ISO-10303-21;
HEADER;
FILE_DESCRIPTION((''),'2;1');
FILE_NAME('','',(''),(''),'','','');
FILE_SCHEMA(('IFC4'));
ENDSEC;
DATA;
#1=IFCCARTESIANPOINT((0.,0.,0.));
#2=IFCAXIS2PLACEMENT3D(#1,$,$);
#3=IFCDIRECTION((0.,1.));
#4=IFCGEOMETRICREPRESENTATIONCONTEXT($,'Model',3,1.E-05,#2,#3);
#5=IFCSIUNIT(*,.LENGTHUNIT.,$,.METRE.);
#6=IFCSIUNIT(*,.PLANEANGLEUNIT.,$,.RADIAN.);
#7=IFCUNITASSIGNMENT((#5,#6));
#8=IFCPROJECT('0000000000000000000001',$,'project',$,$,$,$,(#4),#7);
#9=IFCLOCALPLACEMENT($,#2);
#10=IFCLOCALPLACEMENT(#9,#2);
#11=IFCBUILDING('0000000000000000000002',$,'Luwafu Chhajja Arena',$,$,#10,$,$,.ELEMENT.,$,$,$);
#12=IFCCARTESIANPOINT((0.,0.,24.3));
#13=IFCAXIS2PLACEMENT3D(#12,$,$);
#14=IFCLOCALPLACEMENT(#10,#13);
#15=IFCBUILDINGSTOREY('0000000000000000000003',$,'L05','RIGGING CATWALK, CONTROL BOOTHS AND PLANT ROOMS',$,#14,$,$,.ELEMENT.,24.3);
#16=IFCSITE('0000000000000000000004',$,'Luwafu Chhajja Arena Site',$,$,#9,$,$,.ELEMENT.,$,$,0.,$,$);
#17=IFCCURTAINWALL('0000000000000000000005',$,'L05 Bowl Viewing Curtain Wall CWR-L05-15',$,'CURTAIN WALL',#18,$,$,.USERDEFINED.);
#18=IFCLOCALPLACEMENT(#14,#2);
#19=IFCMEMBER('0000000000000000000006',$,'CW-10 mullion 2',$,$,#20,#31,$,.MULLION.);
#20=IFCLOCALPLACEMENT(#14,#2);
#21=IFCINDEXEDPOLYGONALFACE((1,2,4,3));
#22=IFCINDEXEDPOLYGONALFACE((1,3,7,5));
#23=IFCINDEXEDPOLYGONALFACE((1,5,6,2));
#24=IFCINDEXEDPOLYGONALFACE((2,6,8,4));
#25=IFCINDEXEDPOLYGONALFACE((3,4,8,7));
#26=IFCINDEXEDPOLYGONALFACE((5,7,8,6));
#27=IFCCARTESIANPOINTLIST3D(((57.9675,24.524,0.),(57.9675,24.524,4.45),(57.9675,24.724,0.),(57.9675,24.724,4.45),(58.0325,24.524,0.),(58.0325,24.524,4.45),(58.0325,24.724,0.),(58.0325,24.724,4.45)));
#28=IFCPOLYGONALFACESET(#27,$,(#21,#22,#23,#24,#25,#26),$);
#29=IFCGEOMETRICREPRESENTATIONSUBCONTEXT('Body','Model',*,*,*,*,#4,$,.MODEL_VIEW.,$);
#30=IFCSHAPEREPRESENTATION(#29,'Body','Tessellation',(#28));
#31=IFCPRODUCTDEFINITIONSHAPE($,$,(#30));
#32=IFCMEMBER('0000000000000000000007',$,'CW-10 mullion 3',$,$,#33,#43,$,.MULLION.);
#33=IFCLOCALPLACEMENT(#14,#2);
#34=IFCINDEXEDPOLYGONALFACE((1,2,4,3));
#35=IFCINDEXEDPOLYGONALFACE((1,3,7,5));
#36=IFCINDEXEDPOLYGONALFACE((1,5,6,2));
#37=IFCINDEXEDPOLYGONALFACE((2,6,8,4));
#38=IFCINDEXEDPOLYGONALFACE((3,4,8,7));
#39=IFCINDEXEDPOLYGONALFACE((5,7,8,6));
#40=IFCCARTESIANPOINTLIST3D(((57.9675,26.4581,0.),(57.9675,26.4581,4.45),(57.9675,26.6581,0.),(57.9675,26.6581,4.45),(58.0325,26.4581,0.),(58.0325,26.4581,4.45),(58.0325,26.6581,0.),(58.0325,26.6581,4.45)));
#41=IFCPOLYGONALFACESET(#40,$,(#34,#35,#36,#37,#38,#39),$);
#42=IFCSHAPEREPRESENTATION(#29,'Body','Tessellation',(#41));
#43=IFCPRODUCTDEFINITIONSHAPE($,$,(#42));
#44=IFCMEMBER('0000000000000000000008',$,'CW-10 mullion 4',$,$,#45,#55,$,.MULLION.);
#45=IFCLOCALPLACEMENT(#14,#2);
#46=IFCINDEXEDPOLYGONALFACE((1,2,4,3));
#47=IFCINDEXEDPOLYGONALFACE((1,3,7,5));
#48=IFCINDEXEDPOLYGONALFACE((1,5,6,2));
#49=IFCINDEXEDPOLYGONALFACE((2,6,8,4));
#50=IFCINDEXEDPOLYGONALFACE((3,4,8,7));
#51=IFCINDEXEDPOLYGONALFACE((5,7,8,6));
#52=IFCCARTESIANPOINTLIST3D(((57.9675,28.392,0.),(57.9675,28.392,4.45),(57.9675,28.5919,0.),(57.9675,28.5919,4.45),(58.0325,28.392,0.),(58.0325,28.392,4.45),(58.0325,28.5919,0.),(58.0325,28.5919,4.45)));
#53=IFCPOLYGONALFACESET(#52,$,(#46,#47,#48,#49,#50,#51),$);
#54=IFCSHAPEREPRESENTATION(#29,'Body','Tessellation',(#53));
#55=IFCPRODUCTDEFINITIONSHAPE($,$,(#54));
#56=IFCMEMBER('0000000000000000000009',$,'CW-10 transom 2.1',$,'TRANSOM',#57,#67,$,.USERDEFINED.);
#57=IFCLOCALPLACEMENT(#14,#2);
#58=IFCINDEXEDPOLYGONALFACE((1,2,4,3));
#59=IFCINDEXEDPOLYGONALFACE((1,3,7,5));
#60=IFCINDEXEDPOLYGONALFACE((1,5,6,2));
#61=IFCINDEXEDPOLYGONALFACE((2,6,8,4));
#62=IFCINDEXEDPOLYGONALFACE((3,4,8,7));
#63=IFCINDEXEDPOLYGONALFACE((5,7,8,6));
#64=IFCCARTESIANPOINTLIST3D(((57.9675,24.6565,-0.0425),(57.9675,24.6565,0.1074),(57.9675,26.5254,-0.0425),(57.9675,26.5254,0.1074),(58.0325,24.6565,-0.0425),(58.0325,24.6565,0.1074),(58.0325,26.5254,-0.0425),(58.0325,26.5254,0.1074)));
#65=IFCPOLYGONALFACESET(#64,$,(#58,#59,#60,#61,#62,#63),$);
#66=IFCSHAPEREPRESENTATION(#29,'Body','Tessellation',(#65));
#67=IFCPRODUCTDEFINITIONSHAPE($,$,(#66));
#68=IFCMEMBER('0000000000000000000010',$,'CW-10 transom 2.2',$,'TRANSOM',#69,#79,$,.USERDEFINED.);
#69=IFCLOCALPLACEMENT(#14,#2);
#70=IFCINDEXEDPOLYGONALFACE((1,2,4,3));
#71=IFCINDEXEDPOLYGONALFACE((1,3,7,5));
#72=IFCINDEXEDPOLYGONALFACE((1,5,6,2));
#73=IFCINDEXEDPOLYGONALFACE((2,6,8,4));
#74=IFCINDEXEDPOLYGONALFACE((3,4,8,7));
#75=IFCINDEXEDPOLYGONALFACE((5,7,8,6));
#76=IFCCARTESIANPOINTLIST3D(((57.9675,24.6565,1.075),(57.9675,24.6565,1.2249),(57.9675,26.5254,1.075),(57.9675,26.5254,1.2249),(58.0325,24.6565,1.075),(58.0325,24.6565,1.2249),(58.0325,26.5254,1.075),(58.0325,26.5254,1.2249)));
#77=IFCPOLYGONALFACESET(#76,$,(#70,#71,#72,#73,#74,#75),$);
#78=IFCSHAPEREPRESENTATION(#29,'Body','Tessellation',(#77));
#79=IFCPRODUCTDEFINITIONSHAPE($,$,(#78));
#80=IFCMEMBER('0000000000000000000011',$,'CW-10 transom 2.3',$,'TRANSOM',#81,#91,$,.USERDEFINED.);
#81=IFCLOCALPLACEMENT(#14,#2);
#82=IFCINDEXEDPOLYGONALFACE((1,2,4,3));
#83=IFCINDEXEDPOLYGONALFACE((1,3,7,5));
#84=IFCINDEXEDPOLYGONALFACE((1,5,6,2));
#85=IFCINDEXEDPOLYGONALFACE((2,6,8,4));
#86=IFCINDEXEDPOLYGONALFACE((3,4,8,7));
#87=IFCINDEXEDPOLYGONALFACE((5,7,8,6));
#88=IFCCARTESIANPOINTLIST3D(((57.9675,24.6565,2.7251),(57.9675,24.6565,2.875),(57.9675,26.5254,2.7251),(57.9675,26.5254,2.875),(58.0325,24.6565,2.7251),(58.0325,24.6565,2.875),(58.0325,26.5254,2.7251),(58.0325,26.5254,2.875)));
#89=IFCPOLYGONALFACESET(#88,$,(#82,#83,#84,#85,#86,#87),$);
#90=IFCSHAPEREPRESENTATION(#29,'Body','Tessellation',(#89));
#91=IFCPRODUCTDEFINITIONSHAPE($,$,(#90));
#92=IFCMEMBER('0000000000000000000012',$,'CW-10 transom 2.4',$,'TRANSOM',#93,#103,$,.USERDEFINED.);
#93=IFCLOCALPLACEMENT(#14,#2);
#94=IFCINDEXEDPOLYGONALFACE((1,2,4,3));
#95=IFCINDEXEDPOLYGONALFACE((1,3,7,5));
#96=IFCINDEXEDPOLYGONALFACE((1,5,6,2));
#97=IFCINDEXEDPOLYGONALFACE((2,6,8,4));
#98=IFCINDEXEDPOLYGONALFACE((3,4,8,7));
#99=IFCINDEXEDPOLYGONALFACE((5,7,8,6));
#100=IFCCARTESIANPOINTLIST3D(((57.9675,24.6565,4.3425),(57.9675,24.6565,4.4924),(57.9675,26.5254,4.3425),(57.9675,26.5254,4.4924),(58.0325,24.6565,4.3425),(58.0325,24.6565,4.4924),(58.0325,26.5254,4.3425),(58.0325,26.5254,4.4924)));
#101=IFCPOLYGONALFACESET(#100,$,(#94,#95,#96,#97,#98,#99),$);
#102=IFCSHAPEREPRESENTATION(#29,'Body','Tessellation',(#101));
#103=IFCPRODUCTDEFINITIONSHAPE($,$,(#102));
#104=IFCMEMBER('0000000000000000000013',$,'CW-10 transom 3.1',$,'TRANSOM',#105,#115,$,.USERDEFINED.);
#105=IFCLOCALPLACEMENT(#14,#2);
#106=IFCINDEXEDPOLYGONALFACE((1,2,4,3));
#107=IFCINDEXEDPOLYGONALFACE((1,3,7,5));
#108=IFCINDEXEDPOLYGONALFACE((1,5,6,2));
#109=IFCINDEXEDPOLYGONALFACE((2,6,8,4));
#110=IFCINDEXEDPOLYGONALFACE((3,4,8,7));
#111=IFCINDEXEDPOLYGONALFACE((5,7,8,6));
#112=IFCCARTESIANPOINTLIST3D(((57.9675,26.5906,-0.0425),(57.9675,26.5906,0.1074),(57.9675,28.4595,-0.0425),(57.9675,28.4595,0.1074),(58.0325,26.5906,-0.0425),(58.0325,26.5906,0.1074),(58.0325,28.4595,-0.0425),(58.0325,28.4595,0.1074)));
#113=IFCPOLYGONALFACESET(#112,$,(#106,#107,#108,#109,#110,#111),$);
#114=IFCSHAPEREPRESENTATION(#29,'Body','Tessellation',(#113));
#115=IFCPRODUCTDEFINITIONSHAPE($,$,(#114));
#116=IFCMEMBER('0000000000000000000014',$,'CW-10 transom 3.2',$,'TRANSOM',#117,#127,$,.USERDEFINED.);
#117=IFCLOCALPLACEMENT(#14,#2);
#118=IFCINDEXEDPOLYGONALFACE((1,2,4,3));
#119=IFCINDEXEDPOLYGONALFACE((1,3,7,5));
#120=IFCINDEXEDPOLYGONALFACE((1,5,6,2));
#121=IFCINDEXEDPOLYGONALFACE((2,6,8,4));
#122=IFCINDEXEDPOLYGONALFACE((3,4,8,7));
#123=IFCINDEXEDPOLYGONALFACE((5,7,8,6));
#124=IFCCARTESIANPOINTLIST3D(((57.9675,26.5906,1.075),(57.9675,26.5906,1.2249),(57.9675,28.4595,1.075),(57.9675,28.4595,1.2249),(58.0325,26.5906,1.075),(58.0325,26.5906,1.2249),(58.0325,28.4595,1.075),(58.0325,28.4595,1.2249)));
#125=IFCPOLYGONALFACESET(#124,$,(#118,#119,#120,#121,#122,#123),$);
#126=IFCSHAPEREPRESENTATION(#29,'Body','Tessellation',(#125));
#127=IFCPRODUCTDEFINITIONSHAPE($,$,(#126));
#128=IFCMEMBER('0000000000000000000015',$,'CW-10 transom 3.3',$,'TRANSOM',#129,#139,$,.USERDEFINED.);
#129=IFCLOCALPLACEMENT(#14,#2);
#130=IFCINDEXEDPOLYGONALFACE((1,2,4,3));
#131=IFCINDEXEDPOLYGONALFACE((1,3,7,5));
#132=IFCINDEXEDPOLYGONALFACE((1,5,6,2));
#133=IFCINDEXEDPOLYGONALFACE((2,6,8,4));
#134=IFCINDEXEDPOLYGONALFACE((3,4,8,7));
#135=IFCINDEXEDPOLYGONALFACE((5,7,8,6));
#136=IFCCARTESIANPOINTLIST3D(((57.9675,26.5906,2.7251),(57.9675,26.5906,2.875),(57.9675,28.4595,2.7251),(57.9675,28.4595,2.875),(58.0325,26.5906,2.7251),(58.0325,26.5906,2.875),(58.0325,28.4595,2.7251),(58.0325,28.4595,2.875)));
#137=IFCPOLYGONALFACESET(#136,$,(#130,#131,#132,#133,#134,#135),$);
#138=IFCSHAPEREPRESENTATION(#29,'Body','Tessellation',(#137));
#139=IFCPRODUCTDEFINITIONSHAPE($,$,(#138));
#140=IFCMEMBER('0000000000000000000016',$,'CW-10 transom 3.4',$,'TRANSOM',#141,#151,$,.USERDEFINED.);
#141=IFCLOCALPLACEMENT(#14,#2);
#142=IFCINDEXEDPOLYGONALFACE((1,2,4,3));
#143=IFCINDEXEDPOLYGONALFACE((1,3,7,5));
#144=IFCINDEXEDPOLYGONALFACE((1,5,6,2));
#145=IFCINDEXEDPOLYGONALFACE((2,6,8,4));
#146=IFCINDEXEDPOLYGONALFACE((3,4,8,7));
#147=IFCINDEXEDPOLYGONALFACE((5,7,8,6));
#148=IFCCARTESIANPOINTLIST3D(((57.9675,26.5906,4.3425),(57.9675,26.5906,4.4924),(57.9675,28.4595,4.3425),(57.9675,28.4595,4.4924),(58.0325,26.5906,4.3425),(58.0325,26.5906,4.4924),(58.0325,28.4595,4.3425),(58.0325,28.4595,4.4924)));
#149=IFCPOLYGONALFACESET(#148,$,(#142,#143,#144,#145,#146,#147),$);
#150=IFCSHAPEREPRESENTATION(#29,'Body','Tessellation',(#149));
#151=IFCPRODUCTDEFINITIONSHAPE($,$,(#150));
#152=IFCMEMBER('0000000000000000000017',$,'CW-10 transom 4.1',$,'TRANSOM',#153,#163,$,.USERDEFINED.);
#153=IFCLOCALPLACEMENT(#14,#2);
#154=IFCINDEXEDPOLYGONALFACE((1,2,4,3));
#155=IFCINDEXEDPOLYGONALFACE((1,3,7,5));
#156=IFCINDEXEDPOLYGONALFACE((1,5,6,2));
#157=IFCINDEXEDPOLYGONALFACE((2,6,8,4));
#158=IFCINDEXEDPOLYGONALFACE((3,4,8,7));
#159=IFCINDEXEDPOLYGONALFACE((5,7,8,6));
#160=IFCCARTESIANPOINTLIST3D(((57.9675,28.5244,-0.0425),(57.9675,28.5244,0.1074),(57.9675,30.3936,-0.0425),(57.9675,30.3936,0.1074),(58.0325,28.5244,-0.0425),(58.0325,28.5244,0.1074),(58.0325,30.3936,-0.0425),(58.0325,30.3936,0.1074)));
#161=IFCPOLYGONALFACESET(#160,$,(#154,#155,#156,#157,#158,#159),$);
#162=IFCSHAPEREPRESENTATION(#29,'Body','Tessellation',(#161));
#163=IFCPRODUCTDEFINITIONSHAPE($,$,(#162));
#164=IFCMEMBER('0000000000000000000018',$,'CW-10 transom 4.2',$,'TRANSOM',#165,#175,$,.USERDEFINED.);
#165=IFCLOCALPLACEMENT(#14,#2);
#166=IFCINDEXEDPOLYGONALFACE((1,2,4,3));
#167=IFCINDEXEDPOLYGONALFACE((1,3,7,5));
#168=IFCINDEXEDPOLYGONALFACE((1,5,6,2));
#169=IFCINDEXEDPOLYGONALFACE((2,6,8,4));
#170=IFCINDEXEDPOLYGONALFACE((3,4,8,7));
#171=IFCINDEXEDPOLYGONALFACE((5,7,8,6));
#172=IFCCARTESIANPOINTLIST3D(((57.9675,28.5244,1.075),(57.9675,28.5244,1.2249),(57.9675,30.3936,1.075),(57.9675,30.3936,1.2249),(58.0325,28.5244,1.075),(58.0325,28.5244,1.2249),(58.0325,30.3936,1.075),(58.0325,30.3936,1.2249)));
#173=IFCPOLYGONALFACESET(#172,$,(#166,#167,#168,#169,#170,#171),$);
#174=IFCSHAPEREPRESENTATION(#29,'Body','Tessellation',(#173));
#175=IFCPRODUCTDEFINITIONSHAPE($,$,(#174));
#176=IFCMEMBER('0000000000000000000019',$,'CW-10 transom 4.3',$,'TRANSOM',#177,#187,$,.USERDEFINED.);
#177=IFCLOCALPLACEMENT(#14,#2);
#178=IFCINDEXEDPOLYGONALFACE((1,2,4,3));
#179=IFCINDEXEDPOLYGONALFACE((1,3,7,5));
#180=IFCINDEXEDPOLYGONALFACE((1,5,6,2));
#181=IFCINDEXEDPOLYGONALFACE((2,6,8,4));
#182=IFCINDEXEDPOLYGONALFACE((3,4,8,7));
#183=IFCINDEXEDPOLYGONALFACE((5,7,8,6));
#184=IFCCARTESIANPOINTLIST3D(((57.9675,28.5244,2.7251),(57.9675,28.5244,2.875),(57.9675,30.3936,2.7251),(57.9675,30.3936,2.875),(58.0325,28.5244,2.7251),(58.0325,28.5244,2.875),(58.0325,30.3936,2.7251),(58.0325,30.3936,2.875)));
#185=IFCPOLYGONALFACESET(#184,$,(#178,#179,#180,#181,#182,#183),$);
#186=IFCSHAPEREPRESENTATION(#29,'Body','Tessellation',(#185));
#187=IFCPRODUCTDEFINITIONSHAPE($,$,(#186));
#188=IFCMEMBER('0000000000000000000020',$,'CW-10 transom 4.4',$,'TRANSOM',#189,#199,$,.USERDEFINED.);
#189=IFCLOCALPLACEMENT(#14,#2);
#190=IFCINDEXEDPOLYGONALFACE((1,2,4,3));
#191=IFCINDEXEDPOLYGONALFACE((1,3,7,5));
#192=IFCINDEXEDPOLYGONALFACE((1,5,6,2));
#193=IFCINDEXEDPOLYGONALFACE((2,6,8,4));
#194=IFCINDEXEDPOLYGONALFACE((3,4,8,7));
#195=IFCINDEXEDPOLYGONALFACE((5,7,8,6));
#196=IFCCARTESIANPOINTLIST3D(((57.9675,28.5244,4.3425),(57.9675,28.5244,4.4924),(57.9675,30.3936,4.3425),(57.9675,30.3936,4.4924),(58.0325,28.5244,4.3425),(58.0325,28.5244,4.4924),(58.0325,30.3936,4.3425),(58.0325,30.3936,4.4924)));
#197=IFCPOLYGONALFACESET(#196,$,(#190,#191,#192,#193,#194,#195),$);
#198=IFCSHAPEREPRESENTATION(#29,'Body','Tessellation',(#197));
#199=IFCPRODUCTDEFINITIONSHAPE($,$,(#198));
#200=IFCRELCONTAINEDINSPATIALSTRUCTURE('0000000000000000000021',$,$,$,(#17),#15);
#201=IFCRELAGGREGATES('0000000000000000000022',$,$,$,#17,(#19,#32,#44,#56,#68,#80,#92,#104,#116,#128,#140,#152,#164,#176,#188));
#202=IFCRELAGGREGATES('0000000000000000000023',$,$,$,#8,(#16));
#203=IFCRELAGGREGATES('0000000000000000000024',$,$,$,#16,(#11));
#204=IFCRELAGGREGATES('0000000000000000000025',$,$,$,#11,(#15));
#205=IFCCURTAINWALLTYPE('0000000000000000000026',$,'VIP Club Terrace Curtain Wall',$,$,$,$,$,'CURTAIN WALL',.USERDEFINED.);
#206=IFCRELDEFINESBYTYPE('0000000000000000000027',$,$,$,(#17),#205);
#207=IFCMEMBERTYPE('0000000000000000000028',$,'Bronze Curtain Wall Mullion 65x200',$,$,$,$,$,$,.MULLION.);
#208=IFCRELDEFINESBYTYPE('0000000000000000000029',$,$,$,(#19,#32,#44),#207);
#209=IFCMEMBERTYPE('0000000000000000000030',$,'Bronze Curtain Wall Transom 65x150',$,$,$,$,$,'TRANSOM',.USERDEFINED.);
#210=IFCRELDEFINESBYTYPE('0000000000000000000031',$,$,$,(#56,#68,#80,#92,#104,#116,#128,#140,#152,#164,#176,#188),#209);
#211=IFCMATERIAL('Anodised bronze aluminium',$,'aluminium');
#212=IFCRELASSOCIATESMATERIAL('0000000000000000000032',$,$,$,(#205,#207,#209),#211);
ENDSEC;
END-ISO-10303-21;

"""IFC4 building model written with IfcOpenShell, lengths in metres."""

from ifc_helpers import new_model, si_unit, direction, frame, origin, origin_2d, place, context, subcontext, project, spatial, rectangle, extrude, material, material_profile, profile_set, type_object, element, aggregate, save


model = new_model("IFC4")

# Units and contexts
model_context = context("Model", 3, precision=1e-05, world=origin(), true_north=direction((0.0, 1.0)))
body_context = subcontext(model_context, "Body", "Model", "MODEL_VIEW")
ifc_project = project(units=[si_unit("LENGTHUNIT", "METRE"), si_unit("PLANEANGLEUNIT", "RADIAN")], contexts=[model_context])

# Site, building, storey
site_placement = place(None, origin())
site = spatial("IfcSite", under=ifc_project, at=site_placement, Name="Luwafu Chhajja Arena Site", CompositionType="ELEMENT", RefElevation=0.0)
building_placement = place(site_placement, origin())
building = spatial("IfcBuilding", under=site, at=building_placement, Name="Luwafu Chhajja Arena", CompositionType="ELEMENT")
storey_placement = place(building_placement, frame((0.0, 0.0, 24.3)))
storey = spatial("IfcBuildingStorey", under=building, at=storey_placement, Name="L05", Description="RIGGING CATWALK, CONTROL BOOTHS AND PLANT ROOMS", CompositionType="ELEMENT", Elevation=24.3)

# Curtain wall, members
ifc_material_1 = material(Name="Anodised bronze aluminium", Category="aluminium")
curtain_wall_type = type_object("IfcCurtainWallType", Name="VIP Club Terrace Curtain Wall", ElementType="CURTAIN WALL", PredefinedType="USERDEFINED", material=ifc_material_1)
curtain_wall_placement = place(storey_placement, origin())
curtain_wall = element("IfcCurtainWall", 1, at=curtain_wall_placement, inside=storey, type_object=curtain_wall_type, Name="L05 Bowl Viewing Curtain Wall CWR-L05-15", ObjectType="CURTAIN WALL", PredefinedType="USERDEFINED")
ifc_material_profile_1 = material_profile(ifc_material_1, rectangle(XDim=0.0649, YDim=0.2, at=origin_2d()), Name="CWM 65x200")
ifc_profile_set_1 = profile_set([ifc_material_profile_1], Name="Anodised bronze aluminium")
member_type_1 = type_object("IfcMemberType", Name="Bronze Curtain Wall Mullion 65x200", PredefinedType="MULLION", material=ifc_profile_set_1)
member_1_placement = place(storey_placement, frame((58.0, 24.624, 0.0), z_axis=(0.0, 0.0, 1.0), x_axis=(-1.0, 0.0, 0.0)))
member_1 = element("IfcMember", 2, at=member_1_placement, type_object=member_type_1, Name="CW-10 mullion 2", PredefinedType="MULLION", context=body_context, shape_type="SweptSolid", body=[
    extrude(rectangle(XDim=0.0649, YDim=0.2, at=origin_2d()), origin(), (0.0, 0.0, 1.0), 4.45),
])
member_2_placement = place(storey_placement, frame((58.0, 26.5581, 0.0), z_axis=(0.0, 0.0, 1.0), x_axis=(-1.0, 0.0, 0.0)))
member_2 = element("IfcMember", 3, at=member_2_placement, type_object=member_type_1, Name="CW-10 mullion 3", PredefinedType="MULLION", context=body_context, shape_type="SweptSolid", body=[
    extrude(rectangle(XDim=0.0649, YDim=0.2, at=origin_2d()), origin(), (0.0, 0.0, 1.0), 4.45),
])
member_3_placement = place(storey_placement, frame((58.0, 28.4919, 0.0), z_axis=(0.0, 0.0, 1.0), x_axis=(-1.0, 0.0, 0.0)))
member_3 = element("IfcMember", 4, at=member_3_placement, type_object=member_type_1, Name="CW-10 mullion 4", PredefinedType="MULLION", context=body_context, shape_type="SweptSolid", body=[
    extrude(rectangle(XDim=0.0649, YDim=0.2, at=origin_2d()), origin(), (0.0, 0.0, 1.0), 4.45),
])
ifc_material_profile_2 = material_profile(ifc_material_1, rectangle(XDim=0.0649, YDim=0.1499, at=origin_2d()), Name="CWT 65x150")
ifc_profile_set_2 = profile_set([ifc_material_profile_2], Name="Anodised bronze aluminium")
member_type_2 = type_object("IfcMemberType", Name="Bronze Curtain Wall Transom 65x150", ElementType="TRANSOM", PredefinedType="USERDEFINED", material=ifc_profile_set_2)
member_4_placement = place(storey_placement, frame((58.0, 24.6565, 0.0325), z_axis=(0.0, 1.0, 0.0), x_axis=(-1.0, 0.0, 0.0)))
member_4 = element("IfcMember", 5, at=member_4_placement, type_object=member_type_2, Name="CW-10 transom 2.1", ObjectType="TRANSOM", PredefinedType="USERDEFINED", context=body_context, shape_type="SweptSolid", body=[
    extrude(rectangle(XDim=0.0649, YDim=0.1499, at=origin_2d()), origin(), (0.0, 0.0, 1.0), 1.8689),
])
member_5_placement = place(storey_placement, frame((58.0, 24.6565, 1.1499), z_axis=(0.0, 1.0, 0.0), x_axis=(-1.0, 0.0, 0.0)))
member_5 = element("IfcMember", 6, at=member_5_placement, type_object=member_type_2, Name="CW-10 transom 2.2", ObjectType="TRANSOM", PredefinedType="USERDEFINED", context=body_context, shape_type="SweptSolid", body=[
    extrude(rectangle(XDim=0.0649, YDim=0.1499, at=origin_2d()), origin(), (0.0, 0.0, 1.0), 1.8689),
])
member_6_placement = place(storey_placement, frame((58.0, 24.6565, 2.8), z_axis=(0.0, 1.0, 0.0), x_axis=(-1.0, 0.0, 0.0)))
member_6 = element("IfcMember", 7, at=member_6_placement, type_object=member_type_2, Name="CW-10 transom 2.3", ObjectType="TRANSOM", PredefinedType="USERDEFINED", context=body_context, shape_type="SweptSolid", body=[
    extrude(rectangle(XDim=0.0649, YDim=0.1499, at=origin_2d()), origin(), (0.0, 0.0, 1.0), 1.8689),
])
member_7_placement = place(storey_placement, frame((58.0, 24.6565, 4.4175), z_axis=(0.0, 1.0, 0.0), x_axis=(-1.0, 0.0, 0.0)))
member_7 = element("IfcMember", 8, at=member_7_placement, type_object=member_type_2, Name="CW-10 transom 2.4", ObjectType="TRANSOM", PredefinedType="USERDEFINED", context=body_context, shape_type="SweptSolid", body=[
    extrude(rectangle(XDim=0.0649, YDim=0.1499, at=origin_2d()), origin(), (0.0, 0.0, 1.0), 1.8689),
])
member_8_placement = place(storey_placement, frame((58.0, 26.5906, 0.0325), z_axis=(0.0, 1.0, 0.0), x_axis=(-1.0, 0.0, 0.0)))
member_8 = element("IfcMember", 9, at=member_8_placement, type_object=member_type_2, Name="CW-10 transom 3.1", ObjectType="TRANSOM", PredefinedType="USERDEFINED", context=body_context, shape_type="SweptSolid", body=[
    extrude(rectangle(XDim=0.0649, YDim=0.1499, at=origin_2d()), origin(), (0.0, 0.0, 1.0), 1.8689),
])
member_9_placement = place(storey_placement, frame((58.0, 26.5906, 1.1499), z_axis=(0.0, 1.0, 0.0), x_axis=(-1.0, 0.0, 0.0)))
member_9 = element("IfcMember", 10, at=member_9_placement, type_object=member_type_2, Name="CW-10 transom 3.2", ObjectType="TRANSOM", PredefinedType="USERDEFINED", context=body_context, shape_type="SweptSolid", body=[
    extrude(rectangle(XDim=0.0649, YDim=0.1499, at=origin_2d()), origin(), (0.0, 0.0, 1.0), 1.8689),
])
member_10_placement = place(storey_placement, frame((58.0, 26.5906, 2.8), z_axis=(0.0, 1.0, 0.0), x_axis=(-1.0, 0.0, 0.0)))
member_10 = element("IfcMember", 11, at=member_10_placement, type_object=member_type_2, Name="CW-10 transom 3.3", ObjectType="TRANSOM", PredefinedType="USERDEFINED", context=body_context, shape_type="SweptSolid", body=[
    extrude(rectangle(XDim=0.0649, YDim=0.1499, at=origin_2d()), origin(), (0.0, 0.0, 1.0), 1.8689),
])
member_11_placement = place(storey_placement, frame((58.0, 26.5906, 4.4175), z_axis=(0.0, 1.0, 0.0), x_axis=(-1.0, 0.0, 0.0)))
member_11 = element("IfcMember", 12, at=member_11_placement, type_object=member_type_2, Name="CW-10 transom 3.4", ObjectType="TRANSOM", PredefinedType="USERDEFINED", context=body_context, shape_type="SweptSolid", body=[
    extrude(rectangle(XDim=0.0649, YDim=0.1499, at=origin_2d()), origin(), (0.0, 0.0, 1.0), 1.8689),
])
member_12_placement = place(storey_placement, frame((58.0, 28.5244, 0.0325), z_axis=(0.0, 1.0, 0.0), x_axis=(-1.0, 0.0, 0.0)))
member_12 = element("IfcMember", 13, at=member_12_placement, type_object=member_type_2, Name="CW-10 transom 4.1", ObjectType="TRANSOM", PredefinedType="USERDEFINED", context=body_context, shape_type="SweptSolid", body=[
    extrude(rectangle(XDim=0.0649, YDim=0.1499, at=origin_2d()), origin(), (0.0, 0.0, 1.0), 1.8691),
])
member_13_placement = place(storey_placement, frame((58.0, 28.5244, 1.1499), z_axis=(0.0, 1.0, 0.0), x_axis=(-1.0, 0.0, 0.0)))
member_13 = element("IfcMember", 14, at=member_13_placement, type_object=member_type_2, Name="CW-10 transom 4.2", ObjectType="TRANSOM", PredefinedType="USERDEFINED", context=body_context, shape_type="SweptSolid", body=[
    extrude(rectangle(XDim=0.0649, YDim=0.1499, at=origin_2d()), origin(), (0.0, 0.0, 1.0), 1.8691),
])
member_14_placement = place(storey_placement, frame((58.0, 28.5244, 2.8), z_axis=(0.0, 1.0, 0.0), x_axis=(-1.0, 0.0, 0.0)))
member_14 = element("IfcMember", 15, at=member_14_placement, type_object=member_type_2, Name="CW-10 transom 4.3", ObjectType="TRANSOM", PredefinedType="USERDEFINED", context=body_context, shape_type="SweptSolid", body=[
    extrude(rectangle(XDim=0.0649, YDim=0.1499, at=origin_2d()), origin(), (0.0, 0.0, 1.0), 1.8691),
])
member_15_placement = place(storey_placement, frame((58.0, 28.5244, 4.4175), z_axis=(0.0, 1.0, 0.0), x_axis=(-1.0, 0.0, 0.0)))
member_15 = element("IfcMember", 16, at=member_15_placement, type_object=member_type_2, Name="CW-10 transom 4.4", ObjectType="TRANSOM", PredefinedType="USERDEFINED", context=body_context, shape_type="SweptSolid", body=[
    extrude(rectangle(XDim=0.0649, YDim=0.1499, at=origin_2d()), origin(), (0.0, 0.0, 1.0), 1.8691),
])
aggregate(curtain_wall, [member_1, member_2, member_3, member_4, member_5, member_6, member_7, member_8, member_9, member_10, member_11, member_12, member_13, member_14, member_15])

save(model, "model.ifc")
